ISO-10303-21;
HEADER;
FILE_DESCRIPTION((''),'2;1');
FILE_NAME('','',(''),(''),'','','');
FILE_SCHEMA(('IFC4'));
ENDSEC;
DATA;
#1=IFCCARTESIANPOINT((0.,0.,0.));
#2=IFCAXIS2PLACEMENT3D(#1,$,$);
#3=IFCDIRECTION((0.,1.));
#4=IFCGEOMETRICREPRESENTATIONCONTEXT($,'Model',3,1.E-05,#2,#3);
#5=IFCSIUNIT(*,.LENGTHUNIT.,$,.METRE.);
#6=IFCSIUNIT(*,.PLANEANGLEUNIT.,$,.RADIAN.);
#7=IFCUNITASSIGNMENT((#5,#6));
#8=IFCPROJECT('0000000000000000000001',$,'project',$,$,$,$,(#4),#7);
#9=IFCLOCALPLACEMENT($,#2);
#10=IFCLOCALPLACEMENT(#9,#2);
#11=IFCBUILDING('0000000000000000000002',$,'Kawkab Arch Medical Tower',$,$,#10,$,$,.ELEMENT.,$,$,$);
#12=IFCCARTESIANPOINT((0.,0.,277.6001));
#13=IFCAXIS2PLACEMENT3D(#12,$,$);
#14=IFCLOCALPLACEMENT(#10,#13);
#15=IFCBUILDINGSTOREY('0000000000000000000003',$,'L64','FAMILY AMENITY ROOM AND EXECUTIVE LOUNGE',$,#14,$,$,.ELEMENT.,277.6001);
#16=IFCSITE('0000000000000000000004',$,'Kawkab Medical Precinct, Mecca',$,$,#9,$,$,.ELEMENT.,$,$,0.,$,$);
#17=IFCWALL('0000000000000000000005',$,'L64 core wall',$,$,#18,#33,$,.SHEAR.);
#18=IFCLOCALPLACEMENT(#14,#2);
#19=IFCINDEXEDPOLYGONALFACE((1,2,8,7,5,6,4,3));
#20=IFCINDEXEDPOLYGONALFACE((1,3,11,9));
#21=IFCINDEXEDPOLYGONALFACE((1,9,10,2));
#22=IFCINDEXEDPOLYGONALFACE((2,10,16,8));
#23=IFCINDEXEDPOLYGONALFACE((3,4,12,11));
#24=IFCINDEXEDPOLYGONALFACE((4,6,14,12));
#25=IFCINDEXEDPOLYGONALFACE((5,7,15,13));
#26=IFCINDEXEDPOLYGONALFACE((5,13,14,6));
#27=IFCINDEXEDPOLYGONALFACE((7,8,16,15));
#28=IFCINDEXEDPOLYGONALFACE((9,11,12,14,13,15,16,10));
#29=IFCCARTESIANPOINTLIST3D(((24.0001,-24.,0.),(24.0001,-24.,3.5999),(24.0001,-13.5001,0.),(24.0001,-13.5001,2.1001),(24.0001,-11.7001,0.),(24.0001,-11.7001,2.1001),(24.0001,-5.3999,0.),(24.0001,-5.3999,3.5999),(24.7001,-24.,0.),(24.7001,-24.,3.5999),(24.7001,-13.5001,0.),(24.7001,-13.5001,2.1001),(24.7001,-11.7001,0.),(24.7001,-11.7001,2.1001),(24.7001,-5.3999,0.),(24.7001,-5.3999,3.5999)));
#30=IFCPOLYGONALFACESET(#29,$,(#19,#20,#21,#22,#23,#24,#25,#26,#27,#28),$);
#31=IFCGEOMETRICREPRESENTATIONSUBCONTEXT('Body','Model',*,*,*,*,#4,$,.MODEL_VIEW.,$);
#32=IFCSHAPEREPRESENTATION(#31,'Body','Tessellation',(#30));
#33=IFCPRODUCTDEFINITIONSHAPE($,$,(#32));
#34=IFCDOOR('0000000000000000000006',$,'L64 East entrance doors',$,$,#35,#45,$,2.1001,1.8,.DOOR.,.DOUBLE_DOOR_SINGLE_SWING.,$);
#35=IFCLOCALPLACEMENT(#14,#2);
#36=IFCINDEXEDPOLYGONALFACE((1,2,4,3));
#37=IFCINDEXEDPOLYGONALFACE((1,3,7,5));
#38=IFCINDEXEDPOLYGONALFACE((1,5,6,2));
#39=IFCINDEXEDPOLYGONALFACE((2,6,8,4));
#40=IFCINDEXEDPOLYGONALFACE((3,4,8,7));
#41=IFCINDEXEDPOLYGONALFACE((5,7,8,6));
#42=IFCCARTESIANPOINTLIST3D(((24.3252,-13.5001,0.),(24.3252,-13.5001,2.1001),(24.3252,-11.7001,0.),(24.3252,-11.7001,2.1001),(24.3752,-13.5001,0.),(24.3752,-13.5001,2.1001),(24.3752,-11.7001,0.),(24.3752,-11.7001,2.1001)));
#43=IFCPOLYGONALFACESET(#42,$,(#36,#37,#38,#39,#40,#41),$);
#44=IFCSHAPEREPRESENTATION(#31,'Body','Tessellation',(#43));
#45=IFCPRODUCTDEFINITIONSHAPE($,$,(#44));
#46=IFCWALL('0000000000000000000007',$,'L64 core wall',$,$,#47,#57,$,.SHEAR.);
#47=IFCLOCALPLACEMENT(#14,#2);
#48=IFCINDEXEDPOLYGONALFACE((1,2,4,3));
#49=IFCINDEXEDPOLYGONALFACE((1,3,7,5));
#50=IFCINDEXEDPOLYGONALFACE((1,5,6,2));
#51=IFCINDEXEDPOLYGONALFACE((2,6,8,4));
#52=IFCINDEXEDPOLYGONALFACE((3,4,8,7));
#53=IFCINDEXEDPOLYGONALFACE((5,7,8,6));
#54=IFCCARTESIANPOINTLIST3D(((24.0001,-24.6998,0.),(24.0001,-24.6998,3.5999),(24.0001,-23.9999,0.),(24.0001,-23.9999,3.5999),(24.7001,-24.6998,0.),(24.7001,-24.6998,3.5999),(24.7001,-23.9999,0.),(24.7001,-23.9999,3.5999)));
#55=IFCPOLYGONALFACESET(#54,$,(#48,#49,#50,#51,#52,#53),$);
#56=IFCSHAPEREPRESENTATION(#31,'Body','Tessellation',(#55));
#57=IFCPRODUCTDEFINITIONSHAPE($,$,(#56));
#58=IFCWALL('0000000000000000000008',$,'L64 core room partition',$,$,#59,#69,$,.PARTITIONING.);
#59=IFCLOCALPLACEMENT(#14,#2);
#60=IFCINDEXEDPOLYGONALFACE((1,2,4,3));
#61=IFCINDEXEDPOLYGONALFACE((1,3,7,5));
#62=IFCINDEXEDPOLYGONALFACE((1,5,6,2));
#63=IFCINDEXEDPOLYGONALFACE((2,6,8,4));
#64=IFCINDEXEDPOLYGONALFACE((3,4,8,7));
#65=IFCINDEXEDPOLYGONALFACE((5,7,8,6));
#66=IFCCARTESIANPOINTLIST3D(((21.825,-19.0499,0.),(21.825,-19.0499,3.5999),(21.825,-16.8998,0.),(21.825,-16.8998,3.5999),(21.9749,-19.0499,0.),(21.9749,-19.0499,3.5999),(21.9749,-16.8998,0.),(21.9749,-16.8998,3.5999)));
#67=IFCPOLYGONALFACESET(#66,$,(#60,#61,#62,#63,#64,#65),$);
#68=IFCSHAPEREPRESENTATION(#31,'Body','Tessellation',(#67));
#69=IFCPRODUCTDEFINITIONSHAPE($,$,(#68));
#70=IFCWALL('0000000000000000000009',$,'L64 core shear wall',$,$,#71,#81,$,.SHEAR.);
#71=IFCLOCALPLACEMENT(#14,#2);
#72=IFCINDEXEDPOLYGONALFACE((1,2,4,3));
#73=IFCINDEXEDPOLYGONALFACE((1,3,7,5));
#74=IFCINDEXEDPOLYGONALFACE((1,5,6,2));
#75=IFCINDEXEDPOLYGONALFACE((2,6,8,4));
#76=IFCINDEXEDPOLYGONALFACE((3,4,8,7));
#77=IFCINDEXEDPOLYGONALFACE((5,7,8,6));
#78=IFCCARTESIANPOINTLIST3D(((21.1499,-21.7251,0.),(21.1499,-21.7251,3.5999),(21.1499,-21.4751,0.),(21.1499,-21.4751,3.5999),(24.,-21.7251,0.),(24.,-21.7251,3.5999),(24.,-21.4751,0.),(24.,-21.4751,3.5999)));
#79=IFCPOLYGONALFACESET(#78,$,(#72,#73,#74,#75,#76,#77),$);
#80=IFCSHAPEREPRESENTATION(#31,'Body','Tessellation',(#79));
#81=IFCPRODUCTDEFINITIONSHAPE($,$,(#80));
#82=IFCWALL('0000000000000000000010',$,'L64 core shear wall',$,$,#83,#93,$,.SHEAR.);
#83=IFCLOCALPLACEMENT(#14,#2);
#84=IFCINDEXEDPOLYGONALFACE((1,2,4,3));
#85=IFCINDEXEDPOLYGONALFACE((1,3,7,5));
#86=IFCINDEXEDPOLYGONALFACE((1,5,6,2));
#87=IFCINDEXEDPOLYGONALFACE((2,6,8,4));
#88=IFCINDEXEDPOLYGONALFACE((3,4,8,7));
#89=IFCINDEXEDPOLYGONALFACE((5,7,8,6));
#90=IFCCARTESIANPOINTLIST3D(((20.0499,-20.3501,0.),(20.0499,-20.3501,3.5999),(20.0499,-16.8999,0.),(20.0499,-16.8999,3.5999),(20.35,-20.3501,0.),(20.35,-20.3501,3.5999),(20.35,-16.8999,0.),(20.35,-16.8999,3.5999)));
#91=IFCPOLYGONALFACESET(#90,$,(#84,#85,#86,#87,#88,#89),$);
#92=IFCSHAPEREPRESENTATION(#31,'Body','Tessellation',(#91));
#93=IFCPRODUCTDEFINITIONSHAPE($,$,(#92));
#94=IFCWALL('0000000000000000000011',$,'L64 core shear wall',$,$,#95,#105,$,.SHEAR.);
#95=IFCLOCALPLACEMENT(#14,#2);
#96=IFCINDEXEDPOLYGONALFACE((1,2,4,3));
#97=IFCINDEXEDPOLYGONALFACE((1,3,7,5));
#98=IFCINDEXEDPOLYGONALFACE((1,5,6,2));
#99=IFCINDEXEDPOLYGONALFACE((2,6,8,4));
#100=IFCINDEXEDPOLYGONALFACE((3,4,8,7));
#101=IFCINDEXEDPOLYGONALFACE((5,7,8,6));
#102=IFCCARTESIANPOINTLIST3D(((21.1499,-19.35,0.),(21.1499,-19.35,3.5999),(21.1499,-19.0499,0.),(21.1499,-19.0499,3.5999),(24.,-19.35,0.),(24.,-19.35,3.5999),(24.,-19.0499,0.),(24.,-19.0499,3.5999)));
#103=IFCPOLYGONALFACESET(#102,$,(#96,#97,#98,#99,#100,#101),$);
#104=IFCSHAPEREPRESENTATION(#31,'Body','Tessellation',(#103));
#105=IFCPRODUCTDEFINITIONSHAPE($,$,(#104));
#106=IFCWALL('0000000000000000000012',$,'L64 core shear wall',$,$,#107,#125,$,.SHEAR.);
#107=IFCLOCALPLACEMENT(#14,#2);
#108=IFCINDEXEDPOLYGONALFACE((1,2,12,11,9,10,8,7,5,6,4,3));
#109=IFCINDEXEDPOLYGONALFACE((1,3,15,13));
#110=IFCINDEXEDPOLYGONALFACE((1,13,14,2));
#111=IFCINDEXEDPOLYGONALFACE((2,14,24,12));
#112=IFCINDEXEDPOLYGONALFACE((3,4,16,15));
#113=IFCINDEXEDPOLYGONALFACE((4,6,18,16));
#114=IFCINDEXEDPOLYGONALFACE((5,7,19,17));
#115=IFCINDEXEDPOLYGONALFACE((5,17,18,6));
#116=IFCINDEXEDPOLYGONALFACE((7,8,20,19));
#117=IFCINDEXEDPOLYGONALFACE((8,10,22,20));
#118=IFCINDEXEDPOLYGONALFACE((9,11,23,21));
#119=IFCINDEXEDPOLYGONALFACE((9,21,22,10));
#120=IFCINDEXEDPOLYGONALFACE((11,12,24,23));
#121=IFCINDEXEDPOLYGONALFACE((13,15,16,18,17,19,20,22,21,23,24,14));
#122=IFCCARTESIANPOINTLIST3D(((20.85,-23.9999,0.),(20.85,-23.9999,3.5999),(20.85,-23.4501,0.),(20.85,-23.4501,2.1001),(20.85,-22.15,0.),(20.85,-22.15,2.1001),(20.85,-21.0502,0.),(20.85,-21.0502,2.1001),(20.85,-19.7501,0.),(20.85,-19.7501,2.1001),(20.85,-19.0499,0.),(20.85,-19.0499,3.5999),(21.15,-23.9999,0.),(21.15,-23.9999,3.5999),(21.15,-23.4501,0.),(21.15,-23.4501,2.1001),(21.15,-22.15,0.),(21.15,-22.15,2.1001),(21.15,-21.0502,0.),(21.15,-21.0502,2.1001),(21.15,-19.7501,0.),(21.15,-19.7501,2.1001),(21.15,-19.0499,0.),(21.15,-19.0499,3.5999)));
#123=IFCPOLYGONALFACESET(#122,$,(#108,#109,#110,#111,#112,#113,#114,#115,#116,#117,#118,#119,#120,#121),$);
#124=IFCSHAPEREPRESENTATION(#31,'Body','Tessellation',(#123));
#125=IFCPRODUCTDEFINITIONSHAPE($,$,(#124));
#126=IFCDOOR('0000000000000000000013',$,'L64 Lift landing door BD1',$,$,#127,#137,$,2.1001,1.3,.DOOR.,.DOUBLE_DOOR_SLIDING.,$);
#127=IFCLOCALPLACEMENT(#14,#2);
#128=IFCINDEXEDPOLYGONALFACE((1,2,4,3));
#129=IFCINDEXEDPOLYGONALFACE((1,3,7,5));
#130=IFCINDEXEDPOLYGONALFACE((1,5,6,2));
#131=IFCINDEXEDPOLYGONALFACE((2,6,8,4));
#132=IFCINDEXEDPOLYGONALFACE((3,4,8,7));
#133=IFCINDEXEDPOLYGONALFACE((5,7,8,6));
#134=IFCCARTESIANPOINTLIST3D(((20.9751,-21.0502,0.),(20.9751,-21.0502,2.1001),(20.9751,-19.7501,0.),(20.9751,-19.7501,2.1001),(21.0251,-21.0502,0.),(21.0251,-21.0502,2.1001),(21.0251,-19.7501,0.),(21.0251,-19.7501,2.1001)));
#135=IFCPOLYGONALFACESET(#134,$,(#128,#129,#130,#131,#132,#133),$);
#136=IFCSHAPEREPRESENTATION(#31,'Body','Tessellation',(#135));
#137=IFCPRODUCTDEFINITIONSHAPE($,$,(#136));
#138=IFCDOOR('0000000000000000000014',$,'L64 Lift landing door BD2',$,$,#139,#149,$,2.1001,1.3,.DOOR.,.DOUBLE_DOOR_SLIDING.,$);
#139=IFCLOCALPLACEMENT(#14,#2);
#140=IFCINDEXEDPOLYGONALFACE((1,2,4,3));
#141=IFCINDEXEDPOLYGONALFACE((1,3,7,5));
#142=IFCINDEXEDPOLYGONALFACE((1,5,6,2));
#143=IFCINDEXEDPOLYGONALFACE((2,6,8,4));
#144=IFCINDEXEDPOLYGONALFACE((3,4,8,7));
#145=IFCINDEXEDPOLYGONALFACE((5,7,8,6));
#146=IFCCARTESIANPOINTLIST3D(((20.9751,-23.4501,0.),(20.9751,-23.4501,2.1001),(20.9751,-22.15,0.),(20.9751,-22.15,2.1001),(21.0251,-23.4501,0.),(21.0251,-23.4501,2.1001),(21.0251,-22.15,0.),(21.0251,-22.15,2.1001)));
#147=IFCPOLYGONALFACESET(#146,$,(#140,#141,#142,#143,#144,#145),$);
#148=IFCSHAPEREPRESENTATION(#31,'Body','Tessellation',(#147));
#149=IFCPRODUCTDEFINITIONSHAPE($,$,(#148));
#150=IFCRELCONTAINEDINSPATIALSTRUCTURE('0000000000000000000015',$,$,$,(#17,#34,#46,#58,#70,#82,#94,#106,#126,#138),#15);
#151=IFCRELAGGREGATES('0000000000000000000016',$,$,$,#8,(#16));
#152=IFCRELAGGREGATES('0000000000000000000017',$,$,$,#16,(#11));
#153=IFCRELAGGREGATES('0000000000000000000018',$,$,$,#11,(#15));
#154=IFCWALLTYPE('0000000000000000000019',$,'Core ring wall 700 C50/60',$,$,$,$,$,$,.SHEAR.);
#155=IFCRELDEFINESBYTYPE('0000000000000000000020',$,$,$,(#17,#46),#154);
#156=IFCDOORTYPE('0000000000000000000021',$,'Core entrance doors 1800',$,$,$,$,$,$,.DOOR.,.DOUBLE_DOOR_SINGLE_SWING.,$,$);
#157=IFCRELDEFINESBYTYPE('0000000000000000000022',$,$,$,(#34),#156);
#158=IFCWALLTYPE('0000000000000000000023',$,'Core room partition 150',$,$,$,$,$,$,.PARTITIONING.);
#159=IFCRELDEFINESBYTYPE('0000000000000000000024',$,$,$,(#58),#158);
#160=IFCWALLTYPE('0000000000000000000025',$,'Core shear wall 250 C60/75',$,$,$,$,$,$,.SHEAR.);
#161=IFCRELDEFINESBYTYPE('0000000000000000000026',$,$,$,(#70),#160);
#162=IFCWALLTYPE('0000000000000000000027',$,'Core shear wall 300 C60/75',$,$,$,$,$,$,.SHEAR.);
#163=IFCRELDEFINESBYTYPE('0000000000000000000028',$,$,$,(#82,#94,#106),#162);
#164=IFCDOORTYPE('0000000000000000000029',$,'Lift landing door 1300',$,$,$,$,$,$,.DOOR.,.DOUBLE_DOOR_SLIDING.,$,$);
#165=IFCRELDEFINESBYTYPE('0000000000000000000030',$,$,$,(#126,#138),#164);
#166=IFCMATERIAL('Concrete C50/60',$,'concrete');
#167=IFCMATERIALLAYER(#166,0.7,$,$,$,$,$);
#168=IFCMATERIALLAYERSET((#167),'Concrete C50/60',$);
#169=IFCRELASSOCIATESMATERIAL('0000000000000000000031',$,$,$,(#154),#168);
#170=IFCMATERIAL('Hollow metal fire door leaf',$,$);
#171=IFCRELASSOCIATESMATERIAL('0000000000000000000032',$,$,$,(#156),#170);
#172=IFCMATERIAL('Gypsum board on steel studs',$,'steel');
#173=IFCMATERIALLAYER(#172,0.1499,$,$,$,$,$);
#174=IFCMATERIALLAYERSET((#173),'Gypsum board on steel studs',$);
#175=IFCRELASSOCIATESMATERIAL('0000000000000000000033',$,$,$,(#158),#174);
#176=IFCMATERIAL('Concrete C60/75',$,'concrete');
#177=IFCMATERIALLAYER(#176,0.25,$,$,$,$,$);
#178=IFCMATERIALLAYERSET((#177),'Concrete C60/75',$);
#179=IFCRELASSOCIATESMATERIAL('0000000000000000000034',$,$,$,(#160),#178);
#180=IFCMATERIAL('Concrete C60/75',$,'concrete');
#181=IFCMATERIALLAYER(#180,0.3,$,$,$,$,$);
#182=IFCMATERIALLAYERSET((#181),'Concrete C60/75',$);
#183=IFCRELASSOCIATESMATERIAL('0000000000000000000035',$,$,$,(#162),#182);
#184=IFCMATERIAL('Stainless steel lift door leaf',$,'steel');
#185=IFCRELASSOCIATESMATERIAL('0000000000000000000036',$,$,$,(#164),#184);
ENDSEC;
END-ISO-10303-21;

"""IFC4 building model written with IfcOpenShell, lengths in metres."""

from ifc_helpers import new_model, si_unit, direction, frame, frame_2d, origin, place, context, subcontext, project, spatial, rectangle, extrude, material, layer, layer_set, type_object, element, fill, save


model = new_model("IFC4")

# Units and contexts
model_context = context("Model", 3, precision=1e-05, world=origin(), true_north=direction((0.0, 1.0)))
body_context = subcontext(model_context, "Body", "Model", "MODEL_VIEW")
ifc_project = project(units=[si_unit("LENGTHUNIT", "METRE"), si_unit("PLANEANGLEUNIT", "RADIAN")], contexts=[model_context])

# Site, building, storey
site_placement = place(None, origin())
site = spatial("IfcSite", under=ifc_project, at=site_placement, Name="Kawkab Medical Precinct, Mecca", CompositionType="ELEMENT", RefElevation=0.0)
building_placement = place(site_placement, origin())
building = spatial("IfcBuilding", under=site, at=building_placement, Name="Kawkab Arch Medical Tower", CompositionType="ELEMENT")
storey_placement = place(building_placement, frame((0.0, 0.0, 277.6001)))
storey = spatial("IfcBuildingStorey", under=building, at=storey_placement, Name="L64", Description="FAMILY AMENITY ROOM AND EXECUTIVE LOUNGE", CompositionType="ELEMENT", Elevation=277.6001)

# Wall, opening, door
ifc_material_1 = material(Name="Concrete C50/60", Category="concrete")
ifc_layer_1 = layer(ifc_material_1, 0.7)
ifc_layer_set_1 = layer_set([ifc_layer_1], Name="Concrete C50/60")
wall_type_1 = type_object("IfcWallType", Name="Core ring wall 700 C50/60", PredefinedType="SHEAR", material=ifc_layer_set_1)
wall_1_placement = place(storey_placement, frame((24.3501, -24.0, 0.0), z_axis=(0.0, 0.0, 1.0), x_axis=(0.0, 1.0, 0.0)))
wall_1 = element("IfcWall", 1, at=wall_1_placement, inside=storey, type_object=wall_type_1, Name="L64 core wall", PredefinedType="SHEAR", context=body_context, shape_type="SweptSolid", body=[
    extrude(rectangle(XDim=18.6001, YDim=0.7, at=frame_2d((9.3, 0.0))), origin(), (0.0, 0.0, 1.0), 3.5999),
])
opening_1_placement = place(wall_1_placement, frame((10.5, 0.0, 0.0)))
opening_1 = element("IfcOpeningElement", 2, at=opening_1_placement, cuts=wall_1, PredefinedType="OPENING", context=body_context, shape_type="SweptSolid", body=[
    extrude(rectangle(XDim=1.8, YDim=2.1001, at=frame_2d((0.8999, 1.05))), frame((0.0, 0.3599, 0.0), z_axis=(0.0, -1.0, 0.0), x_axis=(1.0, 0.0, 0.0)), (0.0, 0.0, 1.0), 0.72),
])
ifc_material_2 = material(Name="Hollow metal fire door leaf")
door_type_1 = type_object("IfcDoorType", Name="Core entrance doors 1800", OperationType="DOUBLE_DOOR_SINGLE_SWING", PredefinedType="DOOR", material=ifc_material_2)
door_1_placement = place(opening_1_placement, origin())
door_1 = element("IfcDoor", 3, at=door_1_placement, inside=storey, type_object=door_type_1, Name="L64 East entrance doors", OperationType="DOUBLE_DOOR_SINGLE_SWING", OverallHeight=2.1001, OverallWidth=1.8, PredefinedType="DOOR", context=body_context, shape_type="SweptSolid", body=[
    extrude(rectangle(XDim=1.8, YDim=2.1001, at=frame_2d((0.8999, 1.05))), frame((0.0, 0.0249, 0.0), z_axis=(0.0, -1.0, 0.0), x_axis=(1.0, 0.0, 0.0)), (0.0, 0.0, 1.0), 0.05),
])
fill(opening_1, door_1)

# Walls
wall_2_placement = place(storey_placement, frame((24.3501, -24.7, 0.0), z_axis=(0.0, 0.0, 1.0), x_axis=(0.0, 1.0, 0.0)))
element("IfcWall", 4, at=wall_2_placement, inside=storey, type_object=wall_type_1, Name="L64 core wall", PredefinedType="SHEAR", context=body_context, shape_type="SweptSolid", body=[
    extrude(rectangle(XDim=0.7, YDim=0.7, at=frame_2d((0.3501, 0.0))), origin(), (0.0, 0.0, 1.0), 3.5999),
])
ifc_material_3 = material(Name="Gypsum board on steel studs", Category="steel")
ifc_layer_2 = layer(ifc_material_3, 0.1499)
ifc_layer_set_2 = layer_set([ifc_layer_2], Name="Gypsum board on steel studs")
wall_type_2 = type_object("IfcWallType", Name="Core room partition 150", PredefinedType="PARTITIONING", material=ifc_layer_set_2)
wall_3_placement = place(storey_placement, frame((21.8999, -19.05, 0.0), z_axis=(0.0, 0.0, 1.0), x_axis=(0.0, 1.0, 0.0)))
element("IfcWall", 5, at=wall_3_placement, inside=storey, type_object=wall_type_2, Name="L64 core room partition", PredefinedType="PARTITIONING", context=body_context, shape_type="SweptSolid", body=[
    extrude(rectangle(XDim=2.1501, YDim=0.1499, at=frame_2d((1.0752, 0.0))), origin(), (0.0, 0.0, 1.0), 3.5999),
])
ifc_material_4 = material(Name="Concrete C60/75", Category="concrete")
ifc_layer_3 = layer(ifc_material_4, 0.25)
ifc_layer_set_3 = layer_set([ifc_layer_3], Name="Concrete C60/75")
wall_type_3 = type_object("IfcWallType", Name="Core shear wall 250 C60/75", PredefinedType="SHEAR", material=ifc_layer_set_3)
wall_4_placement = place(storey_placement, frame((21.1499, -21.6001, 0.0), z_axis=(0.0, 0.0, 1.0), x_axis=(1.0, 0.0, 0.0)))
element("IfcWall", 6, at=wall_4_placement, inside=storey, type_object=wall_type_3, Name="L64 core shear wall", PredefinedType="SHEAR", context=body_context, shape_type="SweptSolid", body=[
    extrude(rectangle(XDim=2.8501, YDim=0.25, at=frame_2d((1.425, 0.0))), origin(), (0.0, 0.0, 1.0), 3.5999),
])
ifc_material_5 = material(Name="Concrete C60/75", Category="concrete")
ifc_layer_4 = layer(ifc_material_5, 0.3)
ifc_layer_set_4 = layer_set([ifc_layer_4], Name="Concrete C60/75")
wall_type_4 = type_object("IfcWallType", Name="Core shear wall 300 C60/75", PredefinedType="SHEAR", material=ifc_layer_set_4)
wall_5_placement = place(storey_placement, frame((20.2, -20.3501, 0.0), z_axis=(0.0, 0.0, 1.0), x_axis=(0.0, 1.0, 0.0)))
element("IfcWall", 7, at=wall_5_placement, inside=storey, type_object=wall_type_4, Name="L64 core shear wall", PredefinedType="SHEAR", context=body_context, shape_type="SweptSolid", body=[
    extrude(rectangle(XDim=3.4502, YDim=0.3, at=frame_2d((1.7251, 0.0))), origin(), (0.0, 0.0, 1.0), 3.5999),
])
wall_6_placement = place(storey_placement, frame((21.1499, -19.2, 0.0), z_axis=(0.0, 0.0, 1.0), x_axis=(1.0, 0.0, 0.0)))
element("IfcWall", 8, at=wall_6_placement, inside=storey, type_object=wall_type_4, Name="L64 core shear wall", PredefinedType="SHEAR", context=body_context, shape_type="SweptSolid", body=[
    extrude(rectangle(XDim=2.8501, YDim=0.3, at=frame_2d((1.425, 0.0))), origin(), (0.0, 0.0, 1.0), 3.5999),
])

# Wall, openings, doors
wall_7_placement = place(storey_placement, frame((21.0, -24.0, 0.0), z_axis=(0.0, 0.0, 1.0), x_axis=(0.0, 1.0, 0.0)))
wall_7 = element("IfcWall", 9, at=wall_7_placement, inside=storey, type_object=wall_type_4, Name="L64 core shear wall", PredefinedType="SHEAR", context=body_context, shape_type="SweptSolid", body=[
    extrude(rectangle(XDim=4.95, YDim=0.3, at=frame_2d((2.4751, 0.0))), origin(), (0.0, 0.0, 1.0), 3.5999),
])
opening_2_placement = place(wall_7_placement, frame((2.95, 0.0, 0.0)))
opening_2 = element("IfcOpeningElement", 10, at=opening_2_placement, cuts=wall_7, PredefinedType="OPENING", context=body_context, shape_type="SweptSolid", body=[
    extrude(rectangle(XDim=1.3, YDim=2.1001, at=frame_2d((0.6499, 1.05))), frame((0.0, 0.1599, 0.0), z_axis=(0.0, -1.0, 0.0), x_axis=(1.0, 0.0, 0.0)), (0.0, 0.0, 1.0), 0.3201),
])
opening_3_placement = place(wall_7_placement, frame((0.55, 0.0, 0.0)))
opening_3 = element("IfcOpeningElement", 11, at=opening_3_placement, cuts=wall_7, PredefinedType="OPENING", context=body_context, shape_type="SweptSolid", body=[
    extrude(rectangle(XDim=1.3, YDim=2.1001, at=frame_2d((0.6499, 1.05))), frame((0.0, 0.1599, 0.0), z_axis=(0.0, -1.0, 0.0), x_axis=(1.0, 0.0, 0.0)), (0.0, 0.0, 1.0), 0.3201),
])
ifc_material_6 = material(Name="Stainless steel lift door leaf", Category="steel")
door_type_2 = type_object("IfcDoorType", Name="Lift landing door 1300", OperationType="DOUBLE_DOOR_SLIDING", PredefinedType="DOOR", material=ifc_material_6)
door_2_placement = place(opening_2_placement, origin())
door_2 = element("IfcDoor", 12, at=door_2_placement, inside=storey, type_object=door_type_2, Name="L64 Lift landing door BD1", OperationType="DOUBLE_DOOR_SLIDING", OverallHeight=2.1001, OverallWidth=1.3, PredefinedType="DOOR", context=body_context, shape_type="SweptSolid", body=[
    extrude(rectangle(XDim=1.3, YDim=2.1001, at=frame_2d((0.6499, 1.05))), frame((0.0, 0.0249, 0.0), z_axis=(0.0, -1.0, 0.0), x_axis=(1.0, 0.0, 0.0)), (0.0, 0.0, 1.0), 0.05),
])
fill(opening_2, door_2)
door_3_placement = place(opening_3_placement, origin())
door_3 = element("IfcDoor", 13, at=door_3_placement, inside=storey, type_object=door_type_2, Name="L64 Lift landing door BD2", OperationType="DOUBLE_DOOR_SLIDING", OverallHeight=2.1001, OverallWidth=1.3, PredefinedType="DOOR", context=body_context, shape_type="SweptSolid", body=[
    extrude(rectangle(XDim=1.3, YDim=2.1001, at=frame_2d((0.6499, 1.05))), frame((0.0, 0.0249, 0.0), z_axis=(0.0, -1.0, 0.0), x_axis=(1.0, 0.0, 0.0)), (0.0, 0.0, 1.0), 0.05),
])
fill(opening_3, door_3)

save(model, "model.ifc")
